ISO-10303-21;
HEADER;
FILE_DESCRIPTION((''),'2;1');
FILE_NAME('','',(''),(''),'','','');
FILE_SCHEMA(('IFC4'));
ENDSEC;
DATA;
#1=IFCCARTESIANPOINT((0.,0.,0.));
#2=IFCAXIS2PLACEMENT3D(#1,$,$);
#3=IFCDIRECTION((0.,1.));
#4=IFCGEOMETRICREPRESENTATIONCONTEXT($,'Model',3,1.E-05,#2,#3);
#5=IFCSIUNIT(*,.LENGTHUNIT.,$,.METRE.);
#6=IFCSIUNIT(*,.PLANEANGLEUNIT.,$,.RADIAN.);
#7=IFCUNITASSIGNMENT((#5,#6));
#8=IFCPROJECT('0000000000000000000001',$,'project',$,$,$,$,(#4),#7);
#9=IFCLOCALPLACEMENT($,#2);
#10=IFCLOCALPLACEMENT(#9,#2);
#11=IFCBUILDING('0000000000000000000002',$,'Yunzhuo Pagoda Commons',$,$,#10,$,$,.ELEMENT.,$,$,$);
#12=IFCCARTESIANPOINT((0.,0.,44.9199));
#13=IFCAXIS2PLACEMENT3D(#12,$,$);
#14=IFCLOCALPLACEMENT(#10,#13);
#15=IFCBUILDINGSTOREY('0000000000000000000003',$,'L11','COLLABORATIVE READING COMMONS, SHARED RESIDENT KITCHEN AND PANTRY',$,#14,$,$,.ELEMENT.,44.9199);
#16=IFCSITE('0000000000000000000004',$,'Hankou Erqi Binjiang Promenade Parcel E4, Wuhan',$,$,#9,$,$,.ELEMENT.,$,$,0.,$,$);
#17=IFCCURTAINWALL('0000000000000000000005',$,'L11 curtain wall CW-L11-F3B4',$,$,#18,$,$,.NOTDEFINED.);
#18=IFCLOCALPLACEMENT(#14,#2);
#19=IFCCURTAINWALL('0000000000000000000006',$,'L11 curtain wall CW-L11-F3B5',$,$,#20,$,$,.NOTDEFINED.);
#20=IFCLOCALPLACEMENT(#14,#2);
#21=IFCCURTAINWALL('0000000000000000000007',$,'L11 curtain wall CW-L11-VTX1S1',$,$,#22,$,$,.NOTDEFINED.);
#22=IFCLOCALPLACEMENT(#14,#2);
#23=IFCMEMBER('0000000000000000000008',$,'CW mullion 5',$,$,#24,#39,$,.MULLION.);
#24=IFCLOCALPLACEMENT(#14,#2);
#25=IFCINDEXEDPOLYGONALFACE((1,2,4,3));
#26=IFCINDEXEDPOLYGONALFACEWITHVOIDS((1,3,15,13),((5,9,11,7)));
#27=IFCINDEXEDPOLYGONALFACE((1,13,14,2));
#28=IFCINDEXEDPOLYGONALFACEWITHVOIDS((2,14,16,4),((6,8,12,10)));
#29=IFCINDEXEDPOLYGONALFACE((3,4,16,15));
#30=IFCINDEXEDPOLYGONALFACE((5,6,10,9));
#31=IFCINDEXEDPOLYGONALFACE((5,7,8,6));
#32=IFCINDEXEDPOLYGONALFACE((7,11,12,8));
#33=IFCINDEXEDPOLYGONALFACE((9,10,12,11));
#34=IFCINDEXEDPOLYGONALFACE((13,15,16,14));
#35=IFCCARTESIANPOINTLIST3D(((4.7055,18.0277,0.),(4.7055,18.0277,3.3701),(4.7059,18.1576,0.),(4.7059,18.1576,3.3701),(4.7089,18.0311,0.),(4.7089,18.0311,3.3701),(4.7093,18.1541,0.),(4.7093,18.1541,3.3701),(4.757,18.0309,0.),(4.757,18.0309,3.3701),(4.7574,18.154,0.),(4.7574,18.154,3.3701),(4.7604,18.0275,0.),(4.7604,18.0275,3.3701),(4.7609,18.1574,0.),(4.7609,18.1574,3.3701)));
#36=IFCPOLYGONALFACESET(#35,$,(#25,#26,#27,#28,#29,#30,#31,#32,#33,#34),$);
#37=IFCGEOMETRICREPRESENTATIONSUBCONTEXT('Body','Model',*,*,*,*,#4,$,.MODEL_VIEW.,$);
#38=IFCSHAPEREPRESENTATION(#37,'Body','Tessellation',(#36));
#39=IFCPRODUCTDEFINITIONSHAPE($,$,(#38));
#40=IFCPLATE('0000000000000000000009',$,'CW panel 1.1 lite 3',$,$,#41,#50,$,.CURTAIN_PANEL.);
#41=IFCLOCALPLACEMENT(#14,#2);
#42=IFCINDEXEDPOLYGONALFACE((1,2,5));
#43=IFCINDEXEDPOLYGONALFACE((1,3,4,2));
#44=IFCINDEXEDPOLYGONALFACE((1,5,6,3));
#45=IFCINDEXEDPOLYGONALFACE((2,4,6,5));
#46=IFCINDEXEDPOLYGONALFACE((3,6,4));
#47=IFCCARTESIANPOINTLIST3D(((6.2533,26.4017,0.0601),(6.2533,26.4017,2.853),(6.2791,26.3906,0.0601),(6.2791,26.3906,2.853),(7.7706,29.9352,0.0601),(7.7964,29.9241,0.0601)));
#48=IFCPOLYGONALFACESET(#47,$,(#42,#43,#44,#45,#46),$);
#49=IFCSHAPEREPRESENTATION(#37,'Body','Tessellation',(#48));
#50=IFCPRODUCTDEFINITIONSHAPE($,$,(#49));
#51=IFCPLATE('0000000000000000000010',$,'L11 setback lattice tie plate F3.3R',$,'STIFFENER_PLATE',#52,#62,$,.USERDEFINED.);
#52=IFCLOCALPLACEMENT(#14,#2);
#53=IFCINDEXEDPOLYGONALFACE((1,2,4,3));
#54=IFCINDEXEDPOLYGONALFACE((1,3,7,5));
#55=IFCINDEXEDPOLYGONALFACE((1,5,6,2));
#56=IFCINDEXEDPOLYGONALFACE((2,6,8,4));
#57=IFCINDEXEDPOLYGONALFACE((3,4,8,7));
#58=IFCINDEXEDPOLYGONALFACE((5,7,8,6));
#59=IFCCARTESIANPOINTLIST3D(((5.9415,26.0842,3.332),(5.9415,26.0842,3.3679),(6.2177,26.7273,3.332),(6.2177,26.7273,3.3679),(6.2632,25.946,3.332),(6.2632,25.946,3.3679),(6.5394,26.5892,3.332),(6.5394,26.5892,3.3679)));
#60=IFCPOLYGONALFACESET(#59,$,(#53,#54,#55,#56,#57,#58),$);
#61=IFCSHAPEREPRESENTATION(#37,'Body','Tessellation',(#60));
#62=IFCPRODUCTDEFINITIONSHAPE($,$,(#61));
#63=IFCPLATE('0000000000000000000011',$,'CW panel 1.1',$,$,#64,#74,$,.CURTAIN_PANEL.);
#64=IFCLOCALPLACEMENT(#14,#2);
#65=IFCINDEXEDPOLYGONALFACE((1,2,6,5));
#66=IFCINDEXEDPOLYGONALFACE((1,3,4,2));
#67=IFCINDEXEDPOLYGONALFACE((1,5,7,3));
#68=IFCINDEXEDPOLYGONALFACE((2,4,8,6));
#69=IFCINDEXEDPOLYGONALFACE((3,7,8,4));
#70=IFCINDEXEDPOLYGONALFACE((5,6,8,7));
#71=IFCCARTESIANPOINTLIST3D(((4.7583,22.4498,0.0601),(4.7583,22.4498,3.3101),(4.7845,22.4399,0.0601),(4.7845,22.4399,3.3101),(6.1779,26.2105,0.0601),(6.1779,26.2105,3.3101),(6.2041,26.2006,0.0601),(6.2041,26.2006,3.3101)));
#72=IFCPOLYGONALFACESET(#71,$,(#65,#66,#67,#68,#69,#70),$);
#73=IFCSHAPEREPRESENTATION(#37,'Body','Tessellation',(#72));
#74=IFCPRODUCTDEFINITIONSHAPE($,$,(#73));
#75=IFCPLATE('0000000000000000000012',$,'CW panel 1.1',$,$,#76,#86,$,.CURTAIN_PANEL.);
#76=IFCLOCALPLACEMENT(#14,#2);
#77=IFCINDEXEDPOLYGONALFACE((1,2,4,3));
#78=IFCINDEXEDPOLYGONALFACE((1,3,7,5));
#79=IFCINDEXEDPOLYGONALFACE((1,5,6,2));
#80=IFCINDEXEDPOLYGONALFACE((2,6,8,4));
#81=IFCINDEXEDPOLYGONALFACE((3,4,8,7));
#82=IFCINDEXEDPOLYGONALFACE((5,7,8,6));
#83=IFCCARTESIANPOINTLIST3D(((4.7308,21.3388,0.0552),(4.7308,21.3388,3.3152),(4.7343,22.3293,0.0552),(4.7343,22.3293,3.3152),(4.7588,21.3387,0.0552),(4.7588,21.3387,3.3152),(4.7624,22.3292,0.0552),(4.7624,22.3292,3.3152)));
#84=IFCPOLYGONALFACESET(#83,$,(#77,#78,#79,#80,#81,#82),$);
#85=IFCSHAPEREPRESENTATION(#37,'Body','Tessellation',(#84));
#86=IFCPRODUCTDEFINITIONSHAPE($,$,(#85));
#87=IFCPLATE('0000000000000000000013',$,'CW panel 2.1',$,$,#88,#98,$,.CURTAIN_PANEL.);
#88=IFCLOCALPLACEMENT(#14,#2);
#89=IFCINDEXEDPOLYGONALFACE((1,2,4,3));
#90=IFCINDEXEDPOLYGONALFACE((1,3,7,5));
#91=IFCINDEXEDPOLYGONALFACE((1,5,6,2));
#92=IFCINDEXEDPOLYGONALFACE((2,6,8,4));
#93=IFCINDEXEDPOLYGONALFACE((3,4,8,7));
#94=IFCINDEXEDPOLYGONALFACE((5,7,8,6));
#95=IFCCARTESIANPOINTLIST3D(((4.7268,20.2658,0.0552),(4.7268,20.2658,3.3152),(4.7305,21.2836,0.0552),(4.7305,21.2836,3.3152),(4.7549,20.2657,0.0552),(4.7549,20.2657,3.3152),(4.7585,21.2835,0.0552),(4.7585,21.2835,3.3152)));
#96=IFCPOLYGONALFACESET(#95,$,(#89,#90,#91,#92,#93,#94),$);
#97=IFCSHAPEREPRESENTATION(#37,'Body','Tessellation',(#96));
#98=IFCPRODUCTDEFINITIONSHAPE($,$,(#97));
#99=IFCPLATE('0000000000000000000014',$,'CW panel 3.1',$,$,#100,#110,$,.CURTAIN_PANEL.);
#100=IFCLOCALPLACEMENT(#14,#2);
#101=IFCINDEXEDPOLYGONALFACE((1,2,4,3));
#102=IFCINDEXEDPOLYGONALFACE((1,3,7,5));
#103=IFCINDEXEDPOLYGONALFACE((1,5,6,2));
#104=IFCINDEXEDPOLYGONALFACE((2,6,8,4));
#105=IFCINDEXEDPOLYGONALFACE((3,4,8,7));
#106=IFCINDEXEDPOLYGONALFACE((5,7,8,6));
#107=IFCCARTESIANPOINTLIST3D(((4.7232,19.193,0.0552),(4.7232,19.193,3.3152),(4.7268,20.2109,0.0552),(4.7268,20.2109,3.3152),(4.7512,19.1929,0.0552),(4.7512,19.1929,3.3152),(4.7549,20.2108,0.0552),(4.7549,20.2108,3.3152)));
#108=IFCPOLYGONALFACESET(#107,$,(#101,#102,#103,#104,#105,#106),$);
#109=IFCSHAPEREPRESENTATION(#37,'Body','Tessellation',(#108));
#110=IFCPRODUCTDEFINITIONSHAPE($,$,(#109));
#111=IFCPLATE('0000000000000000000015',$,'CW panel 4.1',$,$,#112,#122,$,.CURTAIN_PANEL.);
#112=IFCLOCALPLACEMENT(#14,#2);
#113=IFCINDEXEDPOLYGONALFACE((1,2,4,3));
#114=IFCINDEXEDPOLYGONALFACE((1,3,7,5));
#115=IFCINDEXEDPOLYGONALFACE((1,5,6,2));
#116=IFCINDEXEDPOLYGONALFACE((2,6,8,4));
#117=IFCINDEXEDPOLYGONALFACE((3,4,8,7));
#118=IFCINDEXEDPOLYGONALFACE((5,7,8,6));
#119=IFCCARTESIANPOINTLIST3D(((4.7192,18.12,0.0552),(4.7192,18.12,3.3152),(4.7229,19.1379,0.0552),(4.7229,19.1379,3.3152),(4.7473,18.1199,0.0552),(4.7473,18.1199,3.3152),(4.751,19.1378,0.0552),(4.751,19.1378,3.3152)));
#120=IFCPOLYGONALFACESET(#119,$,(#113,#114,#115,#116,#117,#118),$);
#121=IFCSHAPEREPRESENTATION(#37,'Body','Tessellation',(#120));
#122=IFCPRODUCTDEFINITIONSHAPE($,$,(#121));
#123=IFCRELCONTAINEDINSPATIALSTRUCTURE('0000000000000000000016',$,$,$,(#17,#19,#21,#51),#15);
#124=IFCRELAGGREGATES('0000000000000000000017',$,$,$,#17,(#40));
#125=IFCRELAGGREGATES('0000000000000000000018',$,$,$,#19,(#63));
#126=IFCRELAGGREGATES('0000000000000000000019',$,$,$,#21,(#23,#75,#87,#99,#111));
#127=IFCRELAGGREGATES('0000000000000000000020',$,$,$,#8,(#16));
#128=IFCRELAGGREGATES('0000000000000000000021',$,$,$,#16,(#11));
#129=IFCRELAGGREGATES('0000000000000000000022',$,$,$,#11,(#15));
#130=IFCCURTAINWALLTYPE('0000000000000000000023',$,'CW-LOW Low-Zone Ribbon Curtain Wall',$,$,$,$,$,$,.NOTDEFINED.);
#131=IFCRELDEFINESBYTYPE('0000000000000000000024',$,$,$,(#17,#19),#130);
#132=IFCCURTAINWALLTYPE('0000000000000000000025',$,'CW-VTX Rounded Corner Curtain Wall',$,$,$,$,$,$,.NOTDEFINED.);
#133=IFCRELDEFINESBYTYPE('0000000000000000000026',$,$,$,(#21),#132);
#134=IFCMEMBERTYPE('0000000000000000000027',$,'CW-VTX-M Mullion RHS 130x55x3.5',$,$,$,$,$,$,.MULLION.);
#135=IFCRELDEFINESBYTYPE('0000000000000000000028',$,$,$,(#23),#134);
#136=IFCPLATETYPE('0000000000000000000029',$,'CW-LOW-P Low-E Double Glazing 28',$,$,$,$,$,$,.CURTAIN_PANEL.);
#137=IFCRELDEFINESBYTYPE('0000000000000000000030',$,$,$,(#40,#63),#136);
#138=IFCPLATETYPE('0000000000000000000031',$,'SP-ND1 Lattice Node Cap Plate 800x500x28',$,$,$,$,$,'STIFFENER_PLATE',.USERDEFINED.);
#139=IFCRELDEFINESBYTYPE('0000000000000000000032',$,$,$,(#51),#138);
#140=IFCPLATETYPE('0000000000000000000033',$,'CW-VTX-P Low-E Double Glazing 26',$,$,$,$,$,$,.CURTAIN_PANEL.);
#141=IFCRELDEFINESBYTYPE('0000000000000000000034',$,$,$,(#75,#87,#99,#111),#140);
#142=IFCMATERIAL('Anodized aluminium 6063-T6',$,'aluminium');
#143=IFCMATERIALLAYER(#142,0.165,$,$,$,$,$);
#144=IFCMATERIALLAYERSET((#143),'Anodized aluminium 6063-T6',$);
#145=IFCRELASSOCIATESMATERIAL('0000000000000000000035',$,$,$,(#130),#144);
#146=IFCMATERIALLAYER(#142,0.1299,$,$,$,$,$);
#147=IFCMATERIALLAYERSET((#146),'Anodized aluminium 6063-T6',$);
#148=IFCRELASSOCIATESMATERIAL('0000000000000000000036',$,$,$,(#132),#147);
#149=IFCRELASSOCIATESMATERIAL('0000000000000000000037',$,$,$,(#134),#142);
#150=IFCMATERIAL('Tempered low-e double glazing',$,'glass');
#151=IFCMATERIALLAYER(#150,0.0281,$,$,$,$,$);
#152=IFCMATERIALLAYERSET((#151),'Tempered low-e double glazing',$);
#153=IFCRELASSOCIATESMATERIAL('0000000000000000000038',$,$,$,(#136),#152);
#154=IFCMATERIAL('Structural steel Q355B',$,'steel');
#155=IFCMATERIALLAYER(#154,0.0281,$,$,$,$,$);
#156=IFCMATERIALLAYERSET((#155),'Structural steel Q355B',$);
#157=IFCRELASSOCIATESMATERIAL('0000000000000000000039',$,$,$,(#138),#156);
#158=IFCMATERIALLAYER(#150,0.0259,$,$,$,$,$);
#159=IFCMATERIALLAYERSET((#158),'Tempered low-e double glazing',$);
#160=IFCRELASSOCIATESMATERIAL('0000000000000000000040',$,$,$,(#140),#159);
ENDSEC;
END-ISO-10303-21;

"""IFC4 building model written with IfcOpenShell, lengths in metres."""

from ifc_helpers import new_model, si_unit, direction, frame, origin, origin_2d, place, context, subcontext, project, spatial, polyline, rectangle, hollow_rectangle, outline, extrude, source, transform, mapped, material, layer, layer_set, material_profile, profile_set, type_object, element, aggregate, save


model = new_model("IFC4")

# Units and contexts
model_context = context("Model", 3, precision=1e-05, world=origin(), true_north=direction((0.0, 1.0)))
body_context = subcontext(model_context, "Body", "Model", "MODEL_VIEW")
ifc_project = project(units=[si_unit("LENGTHUNIT", "METRE"), si_unit("PLANEANGLEUNIT", "RADIAN")], contexts=[model_context])

# Site, building, storey
site_placement = place(None, origin())
site = spatial("IfcSite", under=ifc_project, at=site_placement, Name="Hankou Erqi Binjiang Promenade Parcel E4, Wuhan", CompositionType="ELEMENT", RefElevation=0.0)
building_placement = place(site_placement, origin())
building = spatial("IfcBuilding", under=site, at=building_placement, Name="Yunzhuo Pagoda Commons", CompositionType="ELEMENT")
storey_placement = place(building_placement, frame((0.0, 0.0, 44.9199)))
storey = spatial("IfcBuildingStorey", under=building, at=storey_placement, Name="L11", Description="COLLABORATIVE READING COMMONS, SHARED RESIDENT KITCHEN AND PANTRY", CompositionType="ELEMENT", Elevation=44.9199)

# Shared definitions
ifc_material_1 = material(Name="Structural steel Q355B", Category="steel")

# Curtain wall
ifc_material_2 = material(Name="Anodized aluminium 6063-T6", Category="aluminium")
ifc_layer_1 = layer(ifc_material_2, 0.165)
ifc_layer_set_1 = layer_set([ifc_layer_1], Name="Anodized aluminium 6063-T6")
curtain_wall_type_1 = type_object("IfcCurtainWallType", Name="CW-LOW Low-Zone Ribbon Curtain Wall", PredefinedType="NOTDEFINED", material=ifc_layer_set_1)
curtain_wall_1_placement = place(storey_placement, origin())
curtain_wall_1 = element("IfcCurtainWall", 1, at=curtain_wall_1_placement, inside=storey, type_object=curtain_wall_type_1, Name="L11 curtain wall CW-L11-F3B4", PredefinedType="NOTDEFINED")

# Curtain walls, member
curtain_wall_2_placement = place(storey_placement, origin())
curtain_wall_2 = element("IfcCurtainWall", 2, at=curtain_wall_2_placement, inside=storey, type_object=curtain_wall_type_1, Name="L11 curtain wall CW-L11-F3B5", PredefinedType="NOTDEFINED")
ifc_layer_2 = layer(ifc_material_2, 0.1299)
ifc_layer_set_2 = layer_set([ifc_layer_2], Name="Anodized aluminium 6063-T6")
curtain_wall_type_2 = type_object("IfcCurtainWallType", Name="CW-VTX Rounded Corner Curtain Wall", PredefinedType="NOTDEFINED", material=ifc_layer_set_2)
curtain_wall_3_placement = place(storey_placement, origin())
curtain_wall_3 = element("IfcCurtainWall", 3, at=curtain_wall_3_placement, inside=storey, type_object=curtain_wall_type_2, Name="L11 curtain wall CW-L11-VTX1S1", PredefinedType="NOTDEFINED")
ifc_material_profile_1 = material_profile(ifc_material_2, hollow_rectangle(XDim=0.0549, YDim=0.1299, WallThickness=0.0034, at=origin_2d()), Name="Anodized aluminium 6063-T6")
ifc_profile_set_1 = profile_set([ifc_material_profile_1], Name="Anodized aluminium 6063-T6")
member_type_1 = type_object("IfcMemberType", Name="CW-VTX-M Mullion RHS 130x55x3.5", PredefinedType="MULLION", material=ifc_profile_set_1)
shared_shape_1 = source(origin(), body_context, "Body", "SweptSolid", [
    extrude(hollow_rectangle(XDim=0.0549, YDim=0.1299, WallThickness=0.0034, at=origin_2d()), origin(), (0.0, 0.0, 1.0), 3.3701),
])
member_1_placement = place(storey_placement, frame((4.7332, 18.0925, 0.0), z_axis=(0.0, 0.0, 1.0), x_axis=(0.999994, -0.003579, 0.0)))
member_1 = element("IfcMember", 4, at=member_1_placement, type_object=member_type_1, Name="CW mullion 5", PredefinedType="MULLION", context=body_context, shape_type="MappedRepresentation", body=[
    mapped(shared_shape_1, transform((0.0, 0.0, 0.0), scale=1.0)),
])

# Plates
ifc_material_3 = material(Name="Tempered low-e double glazing", Category="glass")
ifc_layer_3 = layer(ifc_material_3, 0.0281)
ifc_layer_set_3 = layer_set([ifc_layer_3], Name="Tempered low-e double glazing")
plate_type_1 = type_object("IfcPlateType", Name="CW-LOW-P Low-E Double Glazing 28", PredefinedType="CURTAIN_PANEL", material=ifc_layer_set_3)
plate_1_placement = place(storey_placement, frame((7.0378, 28.1575, 1.4565), z_axis=(-0.918866, 0.394571, 0.0), x_axis=(-0.394571, -0.918866, 0.0)))
plate_1 = element("IfcPlate", 5, at=plate_1_placement, type_object=plate_type_1, Name="CW panel 1.1 lite 3", PredefinedType="CURTAIN_PANEL", context=body_context, shape_type="SweptSolid", body=[
    extrude(outline(polyline([(-1.9226, -1.3965), (1.9229, -1.3965), (1.9229, 1.3965), (-1.9226, -1.3965)])), origin(), (0.0, 0.0, 1.0), 0.0281),
])
aggregate(curtain_wall_1, [plate_1])
ifc_layer_4 = layer(ifc_material_1, 0.0281)
ifc_layer_set_4 = layer_set([ifc_layer_4], Name="Structural steel Q355B")
plate_type_2 = type_object("IfcPlateType", Name="SP-ND1 Lattice Node Cap Plate 800x500x28", ElementType="STIFFENER_PLATE", PredefinedType="USERDEFINED", material=ifc_layer_set_4)
shared_shape_2 = source(origin(), body_context, "Body", "SweptSolid", [
    extrude(rectangle(XDim=0.7, YDim=0.3501, at=origin_2d()), origin(), (0.0, 0.0, 1.0), 0.0359),
])
plate_2_placement = place(storey_placement, frame((6.2405, 26.3367, 3.332), z_axis=(0.0, 0.0, 1.0), x_axis=(-0.394567, -0.918867, 0.0)))
element("IfcPlate", 6, at=plate_2_placement, inside=storey, type_object=plate_type_2, Name="L11 setback lattice tie plate F3.3R", ObjectType="STIFFENER_PLATE", PredefinedType="USERDEFINED", context=body_context, shape_type="MappedRepresentation", body=[
    mapped(shared_shape_2, transform((0.0, 0.0, 0.0), scale=1.0)),
])
shared_shape_3 = source(origin(), body_context, "Body", "SweptSolid", [
    extrude(rectangle(XDim=4.0198, YDim=0.0281, at=origin_2d()), origin(), (0.0, 0.0, 1.0), 3.25),
])
plate_3_placement = place(storey_placement, frame((5.4812, 24.3252, 0.0601), z_axis=(0.0, 0.0, 1.0), x_axis=(-0.353151, -0.935566, 0.0)))
plate_3 = element("IfcPlate", 7, at=plate_3_placement, type_object=plate_type_1, Name="CW panel 1.1", PredefinedType="CURTAIN_PANEL", context=body_context, shape_type="MappedRepresentation", body=[
    mapped(shared_shape_3, transform((0.0, 0.0, 0.0), scale=1.0)),
])
aggregate(curtain_wall_2, [plate_3])
ifc_layer_5 = layer(ifc_material_3, 0.0259)
ifc_layer_set_5 = layer_set([ifc_layer_5], Name="Tempered low-e double glazing")
plate_type_3 = type_object("IfcPlateType", Name="CW-VTX-P Low-E Double Glazing 26", PredefinedType="CURTAIN_PANEL", material=ifc_layer_set_5)
shared_shape_4 = source(origin(), body_context, "Body", "SweptSolid", [
    extrude(rectangle(XDim=0.9905, YDim=0.0281, at=origin_2d()), origin(), (0.0, 0.0, 1.0), 3.26),
])
plate_4_placement = place(storey_placement, frame((4.7466, 21.834, 0.0552), z_axis=(0.0, 0.0, 1.0), x_axis=(-0.003579, -0.999994, 0.0)))
plate_4 = element("IfcPlate", 8, at=plate_4_placement, type_object=plate_type_3, Name="CW panel 1.1", PredefinedType="CURTAIN_PANEL", context=body_context, shape_type="MappedRepresentation", body=[
    mapped(shared_shape_4, transform((0.0, 0.0, 0.0), scale=1.0)),
])
shared_shape_5 = source(origin(), body_context, "Body", "SweptSolid", [
    extrude(rectangle(XDim=1.0178, YDim=0.0281, at=origin_2d()), origin(), (0.0, 0.0, 1.0), 3.26),
])
plate_5_placement = place(storey_placement, frame((4.7427, 20.7747, 0.0552), z_axis=(0.0, 0.0, 1.0), x_axis=(-0.003579, -0.999994, 0.0)))
plate_5 = element("IfcPlate", 9, at=plate_5_placement, type_object=plate_type_3, Name="CW panel 2.1", PredefinedType="CURTAIN_PANEL", context=body_context, shape_type="MappedRepresentation", body=[
    mapped(shared_shape_5, transform((0.0, 0.0, 0.0), scale=1.0)),
])
plate_6_placement = place(storey_placement, frame((4.739, 19.7019, 0.0552), z_axis=(0.0, 0.0, 1.0), x_axis=(-0.003579, -0.999994, 0.0)))
plate_6 = element("IfcPlate", 10, at=plate_6_placement, type_object=plate_type_3, Name="CW panel 3.1", PredefinedType="CURTAIN_PANEL", context=body_context, shape_type="MappedRepresentation", body=[
    mapped(shared_shape_5, transform((0.0, 0.0, 0.0), scale=1.0)),
])
plate_7_placement = place(storey_placement, frame((4.7351, 18.6289, 0.0552), z_axis=(0.0, 0.0, 1.0), x_axis=(-0.003579, -0.999994, 0.0)))
plate_7 = element("IfcPlate", 11, at=plate_7_placement, type_object=plate_type_3, Name="CW panel 4.1", PredefinedType="CURTAIN_PANEL", context=body_context, shape_type="MappedRepresentation", body=[
    mapped(shared_shape_5, transform((0.0, 0.0, 0.0), scale=1.0)),
])
aggregate(curtain_wall_3, [member_1, plate_4, plate_5, plate_6, plate_7])

save(model, "model.ifc")
